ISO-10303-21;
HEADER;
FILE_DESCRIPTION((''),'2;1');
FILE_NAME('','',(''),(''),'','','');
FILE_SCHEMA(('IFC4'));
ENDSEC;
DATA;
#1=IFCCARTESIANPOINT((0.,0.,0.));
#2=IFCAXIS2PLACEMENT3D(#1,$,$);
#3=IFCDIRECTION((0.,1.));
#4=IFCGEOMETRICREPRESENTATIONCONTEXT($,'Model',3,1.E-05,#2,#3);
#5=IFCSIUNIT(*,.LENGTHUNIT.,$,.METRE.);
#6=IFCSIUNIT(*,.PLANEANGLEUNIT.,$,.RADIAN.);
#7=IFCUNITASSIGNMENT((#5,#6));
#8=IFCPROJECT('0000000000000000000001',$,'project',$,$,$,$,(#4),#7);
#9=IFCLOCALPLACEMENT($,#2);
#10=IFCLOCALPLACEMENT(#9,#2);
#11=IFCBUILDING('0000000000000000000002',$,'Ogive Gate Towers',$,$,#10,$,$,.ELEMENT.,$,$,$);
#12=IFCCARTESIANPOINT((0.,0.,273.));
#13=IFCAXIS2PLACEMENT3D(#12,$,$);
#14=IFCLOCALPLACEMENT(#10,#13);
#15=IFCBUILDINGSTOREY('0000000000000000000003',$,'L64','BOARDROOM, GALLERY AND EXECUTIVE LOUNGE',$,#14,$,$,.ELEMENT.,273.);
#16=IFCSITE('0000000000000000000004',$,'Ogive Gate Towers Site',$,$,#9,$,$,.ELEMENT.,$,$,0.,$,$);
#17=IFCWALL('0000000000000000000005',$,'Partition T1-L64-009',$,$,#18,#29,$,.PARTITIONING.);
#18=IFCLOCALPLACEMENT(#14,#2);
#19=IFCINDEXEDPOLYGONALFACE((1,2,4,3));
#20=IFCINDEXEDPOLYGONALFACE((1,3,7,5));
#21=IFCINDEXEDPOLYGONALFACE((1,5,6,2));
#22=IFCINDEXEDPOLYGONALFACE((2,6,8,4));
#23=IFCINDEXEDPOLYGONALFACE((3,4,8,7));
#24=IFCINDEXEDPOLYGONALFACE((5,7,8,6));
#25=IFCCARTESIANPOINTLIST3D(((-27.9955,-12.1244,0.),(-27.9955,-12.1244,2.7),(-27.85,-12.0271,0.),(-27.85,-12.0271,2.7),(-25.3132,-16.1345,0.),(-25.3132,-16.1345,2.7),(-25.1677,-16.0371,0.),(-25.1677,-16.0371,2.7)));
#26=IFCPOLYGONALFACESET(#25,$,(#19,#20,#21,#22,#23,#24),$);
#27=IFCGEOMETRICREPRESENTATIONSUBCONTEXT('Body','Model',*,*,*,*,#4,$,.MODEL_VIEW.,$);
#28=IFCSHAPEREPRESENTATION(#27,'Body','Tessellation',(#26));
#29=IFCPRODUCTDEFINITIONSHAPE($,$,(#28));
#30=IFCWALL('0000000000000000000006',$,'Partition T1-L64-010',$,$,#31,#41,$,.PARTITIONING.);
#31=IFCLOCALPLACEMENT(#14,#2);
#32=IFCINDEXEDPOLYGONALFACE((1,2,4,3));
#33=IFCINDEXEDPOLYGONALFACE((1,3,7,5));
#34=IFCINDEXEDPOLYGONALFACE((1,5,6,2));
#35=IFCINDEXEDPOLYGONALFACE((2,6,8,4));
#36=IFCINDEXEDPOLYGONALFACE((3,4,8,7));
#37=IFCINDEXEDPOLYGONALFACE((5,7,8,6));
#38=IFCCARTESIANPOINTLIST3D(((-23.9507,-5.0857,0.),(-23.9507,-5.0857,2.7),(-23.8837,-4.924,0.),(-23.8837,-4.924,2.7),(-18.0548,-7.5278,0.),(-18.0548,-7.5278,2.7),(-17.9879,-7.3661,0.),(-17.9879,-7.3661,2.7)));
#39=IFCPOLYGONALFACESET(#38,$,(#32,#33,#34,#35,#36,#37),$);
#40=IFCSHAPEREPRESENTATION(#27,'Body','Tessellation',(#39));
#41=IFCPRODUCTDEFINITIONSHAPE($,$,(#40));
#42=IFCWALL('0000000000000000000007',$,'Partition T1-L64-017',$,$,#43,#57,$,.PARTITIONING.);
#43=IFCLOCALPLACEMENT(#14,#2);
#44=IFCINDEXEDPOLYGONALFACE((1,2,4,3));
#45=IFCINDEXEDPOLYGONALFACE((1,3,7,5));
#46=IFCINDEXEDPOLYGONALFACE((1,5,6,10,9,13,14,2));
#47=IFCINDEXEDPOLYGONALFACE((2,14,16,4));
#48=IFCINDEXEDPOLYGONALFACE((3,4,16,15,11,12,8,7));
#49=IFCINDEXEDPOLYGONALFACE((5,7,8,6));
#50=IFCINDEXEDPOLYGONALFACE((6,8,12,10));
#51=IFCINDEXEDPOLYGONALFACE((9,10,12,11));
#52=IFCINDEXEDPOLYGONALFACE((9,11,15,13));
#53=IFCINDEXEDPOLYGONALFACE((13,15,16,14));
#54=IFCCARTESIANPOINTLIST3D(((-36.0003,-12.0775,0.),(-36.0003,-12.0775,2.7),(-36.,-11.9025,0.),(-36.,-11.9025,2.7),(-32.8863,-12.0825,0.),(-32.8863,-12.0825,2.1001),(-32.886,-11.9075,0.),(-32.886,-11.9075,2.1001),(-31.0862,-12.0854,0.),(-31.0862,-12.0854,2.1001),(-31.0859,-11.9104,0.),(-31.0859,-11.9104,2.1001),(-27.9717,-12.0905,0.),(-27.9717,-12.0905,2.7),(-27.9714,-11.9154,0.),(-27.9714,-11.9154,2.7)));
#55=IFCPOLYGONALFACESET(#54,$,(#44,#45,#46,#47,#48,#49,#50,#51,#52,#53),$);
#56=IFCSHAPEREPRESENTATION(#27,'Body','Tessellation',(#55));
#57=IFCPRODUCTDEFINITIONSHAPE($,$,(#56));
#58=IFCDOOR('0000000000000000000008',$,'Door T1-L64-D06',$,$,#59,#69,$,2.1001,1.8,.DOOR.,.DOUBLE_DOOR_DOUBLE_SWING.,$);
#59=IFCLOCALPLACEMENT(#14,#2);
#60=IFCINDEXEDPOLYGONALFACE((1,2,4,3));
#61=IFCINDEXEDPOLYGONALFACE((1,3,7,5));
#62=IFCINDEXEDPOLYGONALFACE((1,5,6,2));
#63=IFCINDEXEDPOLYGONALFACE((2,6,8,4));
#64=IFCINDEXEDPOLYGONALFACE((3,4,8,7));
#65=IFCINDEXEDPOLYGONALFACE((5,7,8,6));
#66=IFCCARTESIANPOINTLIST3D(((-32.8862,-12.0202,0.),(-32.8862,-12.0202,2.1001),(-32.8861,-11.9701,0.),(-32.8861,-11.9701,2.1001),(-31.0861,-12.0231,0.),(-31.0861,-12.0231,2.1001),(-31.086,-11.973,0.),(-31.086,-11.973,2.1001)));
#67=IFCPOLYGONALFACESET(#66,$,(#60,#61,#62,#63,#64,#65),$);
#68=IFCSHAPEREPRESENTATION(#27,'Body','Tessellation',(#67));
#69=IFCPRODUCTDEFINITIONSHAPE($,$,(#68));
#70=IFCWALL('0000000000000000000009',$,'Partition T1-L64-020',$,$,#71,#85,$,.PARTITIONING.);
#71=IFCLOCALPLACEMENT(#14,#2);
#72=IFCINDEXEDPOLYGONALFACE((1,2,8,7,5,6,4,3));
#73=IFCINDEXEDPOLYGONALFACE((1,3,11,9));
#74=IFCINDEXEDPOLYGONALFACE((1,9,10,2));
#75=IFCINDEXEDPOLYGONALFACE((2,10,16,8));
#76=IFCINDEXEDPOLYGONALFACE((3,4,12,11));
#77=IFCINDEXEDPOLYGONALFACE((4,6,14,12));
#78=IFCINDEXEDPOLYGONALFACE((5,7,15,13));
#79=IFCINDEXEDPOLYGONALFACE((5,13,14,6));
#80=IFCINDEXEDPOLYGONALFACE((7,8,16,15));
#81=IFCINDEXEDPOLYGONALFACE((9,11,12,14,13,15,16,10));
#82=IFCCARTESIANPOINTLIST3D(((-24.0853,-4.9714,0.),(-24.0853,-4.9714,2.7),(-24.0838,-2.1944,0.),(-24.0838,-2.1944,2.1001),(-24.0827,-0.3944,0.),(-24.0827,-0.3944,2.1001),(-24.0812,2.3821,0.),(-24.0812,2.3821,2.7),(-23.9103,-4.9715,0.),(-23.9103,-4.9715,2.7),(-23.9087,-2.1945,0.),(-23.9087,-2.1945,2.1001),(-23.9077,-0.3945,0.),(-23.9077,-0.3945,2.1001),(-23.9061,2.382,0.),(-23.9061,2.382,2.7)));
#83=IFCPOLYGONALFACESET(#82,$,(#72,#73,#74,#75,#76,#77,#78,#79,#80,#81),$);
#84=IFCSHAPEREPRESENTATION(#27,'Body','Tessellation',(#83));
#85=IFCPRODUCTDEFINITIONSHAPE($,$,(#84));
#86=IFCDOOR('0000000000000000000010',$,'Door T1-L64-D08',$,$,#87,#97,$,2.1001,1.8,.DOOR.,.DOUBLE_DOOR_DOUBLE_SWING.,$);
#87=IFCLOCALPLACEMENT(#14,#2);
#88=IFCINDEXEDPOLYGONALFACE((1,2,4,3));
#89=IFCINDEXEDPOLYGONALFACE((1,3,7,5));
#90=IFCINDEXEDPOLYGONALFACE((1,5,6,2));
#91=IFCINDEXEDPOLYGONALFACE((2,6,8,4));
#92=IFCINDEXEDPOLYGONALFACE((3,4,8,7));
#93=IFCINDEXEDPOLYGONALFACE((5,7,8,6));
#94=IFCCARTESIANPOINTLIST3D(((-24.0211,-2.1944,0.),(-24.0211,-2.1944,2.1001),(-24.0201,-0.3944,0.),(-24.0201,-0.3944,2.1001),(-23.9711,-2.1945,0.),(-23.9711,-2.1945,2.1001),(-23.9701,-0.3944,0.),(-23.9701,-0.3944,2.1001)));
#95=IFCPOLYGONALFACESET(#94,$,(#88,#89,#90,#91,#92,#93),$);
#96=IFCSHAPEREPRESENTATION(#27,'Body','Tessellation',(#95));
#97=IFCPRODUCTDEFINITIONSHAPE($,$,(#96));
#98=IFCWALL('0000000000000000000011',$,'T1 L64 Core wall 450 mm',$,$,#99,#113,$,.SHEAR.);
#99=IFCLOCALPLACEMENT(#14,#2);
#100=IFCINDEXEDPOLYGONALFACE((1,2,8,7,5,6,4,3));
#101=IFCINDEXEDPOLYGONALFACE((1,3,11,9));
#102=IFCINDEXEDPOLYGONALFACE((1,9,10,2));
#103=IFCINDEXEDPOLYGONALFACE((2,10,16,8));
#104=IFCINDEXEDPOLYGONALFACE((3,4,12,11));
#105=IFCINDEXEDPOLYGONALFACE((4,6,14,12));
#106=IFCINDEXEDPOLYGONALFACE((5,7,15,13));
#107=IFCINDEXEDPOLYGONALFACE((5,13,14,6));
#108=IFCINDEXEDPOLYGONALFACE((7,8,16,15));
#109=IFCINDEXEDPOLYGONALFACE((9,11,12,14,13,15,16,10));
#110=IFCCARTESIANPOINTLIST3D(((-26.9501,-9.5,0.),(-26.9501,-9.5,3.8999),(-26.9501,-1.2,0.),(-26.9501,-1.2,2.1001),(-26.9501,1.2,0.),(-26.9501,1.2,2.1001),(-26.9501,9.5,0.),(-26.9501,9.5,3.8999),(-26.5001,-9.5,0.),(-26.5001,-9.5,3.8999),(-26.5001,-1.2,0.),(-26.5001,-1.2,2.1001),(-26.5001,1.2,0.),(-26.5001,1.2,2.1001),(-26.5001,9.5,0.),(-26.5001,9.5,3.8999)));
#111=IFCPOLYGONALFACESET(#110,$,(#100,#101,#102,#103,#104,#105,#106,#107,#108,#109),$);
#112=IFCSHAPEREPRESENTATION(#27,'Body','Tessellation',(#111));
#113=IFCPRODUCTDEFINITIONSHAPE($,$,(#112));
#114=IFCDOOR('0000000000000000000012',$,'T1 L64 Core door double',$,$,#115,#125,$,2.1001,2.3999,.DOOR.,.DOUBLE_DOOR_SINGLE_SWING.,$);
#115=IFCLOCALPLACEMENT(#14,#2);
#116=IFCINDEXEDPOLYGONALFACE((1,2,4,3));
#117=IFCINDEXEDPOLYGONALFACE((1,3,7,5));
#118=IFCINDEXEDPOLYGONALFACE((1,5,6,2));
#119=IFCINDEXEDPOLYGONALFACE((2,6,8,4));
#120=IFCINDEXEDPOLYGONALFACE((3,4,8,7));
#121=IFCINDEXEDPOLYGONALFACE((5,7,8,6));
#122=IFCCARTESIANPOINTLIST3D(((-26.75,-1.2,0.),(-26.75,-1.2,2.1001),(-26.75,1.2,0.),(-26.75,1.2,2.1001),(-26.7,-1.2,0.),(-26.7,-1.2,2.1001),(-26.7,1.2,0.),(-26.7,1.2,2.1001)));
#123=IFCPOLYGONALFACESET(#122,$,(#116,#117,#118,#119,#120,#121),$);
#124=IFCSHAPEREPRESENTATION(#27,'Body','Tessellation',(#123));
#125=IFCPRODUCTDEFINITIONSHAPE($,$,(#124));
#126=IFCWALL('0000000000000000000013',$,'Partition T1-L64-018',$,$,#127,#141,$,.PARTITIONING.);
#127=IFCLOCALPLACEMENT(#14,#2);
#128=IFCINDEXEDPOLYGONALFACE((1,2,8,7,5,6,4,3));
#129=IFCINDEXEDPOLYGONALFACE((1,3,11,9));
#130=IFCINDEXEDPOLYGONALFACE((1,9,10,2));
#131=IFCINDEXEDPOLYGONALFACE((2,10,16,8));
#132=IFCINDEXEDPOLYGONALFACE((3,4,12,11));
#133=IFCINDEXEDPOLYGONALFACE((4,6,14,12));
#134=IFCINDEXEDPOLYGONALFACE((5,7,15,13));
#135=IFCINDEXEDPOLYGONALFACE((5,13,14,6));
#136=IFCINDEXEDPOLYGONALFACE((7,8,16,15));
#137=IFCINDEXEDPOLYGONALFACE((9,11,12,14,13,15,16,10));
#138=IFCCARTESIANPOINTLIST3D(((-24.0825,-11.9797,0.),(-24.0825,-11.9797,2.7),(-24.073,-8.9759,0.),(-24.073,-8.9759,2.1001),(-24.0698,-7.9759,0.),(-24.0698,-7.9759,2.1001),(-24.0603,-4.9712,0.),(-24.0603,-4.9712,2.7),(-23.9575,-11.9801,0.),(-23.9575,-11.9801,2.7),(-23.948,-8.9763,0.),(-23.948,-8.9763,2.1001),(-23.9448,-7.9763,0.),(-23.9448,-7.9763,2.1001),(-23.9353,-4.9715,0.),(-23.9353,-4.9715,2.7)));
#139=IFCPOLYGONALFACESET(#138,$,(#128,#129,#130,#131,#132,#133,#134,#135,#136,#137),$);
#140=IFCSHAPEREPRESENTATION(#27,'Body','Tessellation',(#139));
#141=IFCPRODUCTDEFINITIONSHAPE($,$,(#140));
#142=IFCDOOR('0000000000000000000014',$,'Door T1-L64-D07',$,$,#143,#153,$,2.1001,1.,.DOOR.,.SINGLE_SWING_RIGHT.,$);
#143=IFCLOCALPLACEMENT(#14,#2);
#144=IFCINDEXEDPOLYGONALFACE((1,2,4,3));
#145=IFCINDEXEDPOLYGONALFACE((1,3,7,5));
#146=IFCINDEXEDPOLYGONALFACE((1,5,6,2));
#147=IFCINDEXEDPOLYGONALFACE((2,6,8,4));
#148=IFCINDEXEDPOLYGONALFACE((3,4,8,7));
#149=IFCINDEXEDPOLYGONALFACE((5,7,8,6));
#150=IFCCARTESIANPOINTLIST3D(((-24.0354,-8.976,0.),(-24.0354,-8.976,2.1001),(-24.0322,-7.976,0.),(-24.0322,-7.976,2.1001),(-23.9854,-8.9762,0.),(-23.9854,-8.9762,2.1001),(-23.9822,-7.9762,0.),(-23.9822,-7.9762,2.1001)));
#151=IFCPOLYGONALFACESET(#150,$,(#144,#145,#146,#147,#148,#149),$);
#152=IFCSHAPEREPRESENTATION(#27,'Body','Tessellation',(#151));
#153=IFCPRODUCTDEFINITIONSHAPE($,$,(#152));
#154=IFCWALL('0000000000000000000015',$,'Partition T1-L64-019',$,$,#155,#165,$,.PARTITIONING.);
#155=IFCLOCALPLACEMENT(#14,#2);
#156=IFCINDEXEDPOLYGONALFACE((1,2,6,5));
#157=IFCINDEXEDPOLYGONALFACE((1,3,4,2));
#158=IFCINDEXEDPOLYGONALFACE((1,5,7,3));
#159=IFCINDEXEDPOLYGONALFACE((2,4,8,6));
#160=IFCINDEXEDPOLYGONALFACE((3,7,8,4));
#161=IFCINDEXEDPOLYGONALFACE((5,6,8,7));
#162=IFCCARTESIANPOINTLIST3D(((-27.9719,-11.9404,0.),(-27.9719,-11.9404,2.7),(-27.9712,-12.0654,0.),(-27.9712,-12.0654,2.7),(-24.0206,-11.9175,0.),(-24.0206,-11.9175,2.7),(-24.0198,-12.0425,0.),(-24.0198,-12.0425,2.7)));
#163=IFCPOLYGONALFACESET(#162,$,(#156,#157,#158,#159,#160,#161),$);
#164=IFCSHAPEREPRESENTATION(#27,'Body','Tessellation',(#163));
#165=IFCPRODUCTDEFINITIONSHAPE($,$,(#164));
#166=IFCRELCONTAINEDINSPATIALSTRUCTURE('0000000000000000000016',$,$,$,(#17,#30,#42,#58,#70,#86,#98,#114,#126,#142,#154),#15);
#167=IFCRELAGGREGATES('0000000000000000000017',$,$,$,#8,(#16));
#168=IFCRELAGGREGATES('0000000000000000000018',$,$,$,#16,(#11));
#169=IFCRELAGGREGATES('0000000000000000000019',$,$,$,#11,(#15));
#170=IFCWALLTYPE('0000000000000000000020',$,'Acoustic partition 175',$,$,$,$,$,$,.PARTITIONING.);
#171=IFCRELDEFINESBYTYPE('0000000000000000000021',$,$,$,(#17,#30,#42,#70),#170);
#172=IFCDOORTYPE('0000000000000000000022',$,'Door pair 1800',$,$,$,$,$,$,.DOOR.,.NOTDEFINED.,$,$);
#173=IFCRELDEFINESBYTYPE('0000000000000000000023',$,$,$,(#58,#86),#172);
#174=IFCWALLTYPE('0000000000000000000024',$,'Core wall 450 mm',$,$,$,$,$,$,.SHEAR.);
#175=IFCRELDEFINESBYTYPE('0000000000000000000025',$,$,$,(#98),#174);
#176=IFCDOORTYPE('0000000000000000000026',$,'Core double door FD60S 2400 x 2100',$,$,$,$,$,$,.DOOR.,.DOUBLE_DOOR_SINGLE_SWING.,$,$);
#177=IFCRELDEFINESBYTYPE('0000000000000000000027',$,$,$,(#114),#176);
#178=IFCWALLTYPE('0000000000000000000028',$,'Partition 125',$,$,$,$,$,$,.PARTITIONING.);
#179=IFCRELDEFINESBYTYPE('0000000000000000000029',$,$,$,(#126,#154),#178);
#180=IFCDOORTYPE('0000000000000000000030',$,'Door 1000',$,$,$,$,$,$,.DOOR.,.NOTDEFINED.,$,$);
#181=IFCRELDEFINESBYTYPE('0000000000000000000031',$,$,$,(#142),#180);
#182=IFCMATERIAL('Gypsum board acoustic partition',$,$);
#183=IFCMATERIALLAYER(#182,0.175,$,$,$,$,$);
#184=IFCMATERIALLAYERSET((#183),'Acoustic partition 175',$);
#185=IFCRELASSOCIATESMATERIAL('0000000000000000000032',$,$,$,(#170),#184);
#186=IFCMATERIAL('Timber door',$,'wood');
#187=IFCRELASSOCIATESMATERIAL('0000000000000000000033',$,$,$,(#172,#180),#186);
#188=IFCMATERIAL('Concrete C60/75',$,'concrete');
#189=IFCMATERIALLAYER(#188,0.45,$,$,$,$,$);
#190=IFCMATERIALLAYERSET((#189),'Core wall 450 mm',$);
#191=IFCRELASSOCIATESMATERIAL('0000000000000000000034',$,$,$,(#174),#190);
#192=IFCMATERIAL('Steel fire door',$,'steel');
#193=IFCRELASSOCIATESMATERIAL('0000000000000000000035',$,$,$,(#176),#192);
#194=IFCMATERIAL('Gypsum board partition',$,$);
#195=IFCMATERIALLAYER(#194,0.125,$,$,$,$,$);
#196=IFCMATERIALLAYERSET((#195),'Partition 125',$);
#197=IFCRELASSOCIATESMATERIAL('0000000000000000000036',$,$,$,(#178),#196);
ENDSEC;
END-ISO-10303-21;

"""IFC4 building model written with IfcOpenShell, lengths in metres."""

from ifc_helpers import new_model, si_unit, direction, frame, frame_2d, origin, place, context, subcontext, project, spatial, rectangle, extrude, material, layer, layer_set, type_object, element, fill, save


model = new_model("IFC4")

# Units and contexts
model_context = context("Model", 3, precision=1e-05, world=origin(), true_north=direction((0.0, 1.0)))
body_context = subcontext(model_context, "Body", "Model", "MODEL_VIEW")
ifc_project = project(units=[si_unit("LENGTHUNIT", "METRE"), si_unit("PLANEANGLEUNIT", "RADIAN")], contexts=[model_context])

# Site, building, storey
site_placement = place(None, origin())
site = spatial("IfcSite", under=ifc_project, at=site_placement, Name="Ogive Gate Towers Site", CompositionType="ELEMENT", RefElevation=0.0)
building_placement = place(site_placement, origin())
building = spatial("IfcBuilding", under=site, at=building_placement, Name="Ogive Gate Towers", CompositionType="ELEMENT")
storey_placement = place(building_placement, frame((0.0, 0.0, 273.0)))
storey = spatial("IfcBuildingStorey", under=building, at=storey_placement, Name="L64", Description="BOARDROOM, GALLERY AND EXECUTIVE LOUNGE", CompositionType="ELEMENT", Elevation=273.0)

# Walls
ifc_material_1 = material(Name="Gypsum board acoustic partition")
ifc_layer_1 = layer(ifc_material_1, 0.175)
ifc_layer_set_1 = layer_set([ifc_layer_1], Name="Acoustic partition 175")
wall_type_1 = type_object("IfcWallType", Name="Acoustic partition 175", PredefinedType="PARTITIONING", material=ifc_layer_set_1)
wall_1_placement = place(storey_placement, frame((-25.2405, -16.0857, 0.0), z_axis=(0.0, 0.0, 1.0), x_axis=(-0.555996, 0.831185, 0.0)))
element("IfcWall", 1, at=wall_1_placement, inside=storey, type_object=wall_type_1, Name="Partition T1-L64-009", PredefinedType="PARTITIONING", context=body_context, shape_type="SweptSolid", body=[
    extrude(rectangle(XDim=4.8245, YDim=0.175, at=frame_2d((2.4121, 0.0))), origin(), (0.0, 0.0, 1.0), 2.7),
])
wall_2_placement = place(storey_placement, frame((-18.0212, -7.447, 0.0), z_axis=(0.0, 0.0, 1.0), x_axis=(-0.923877, 0.382689, 0.0)))
element("IfcWall", 2, at=wall_2_placement, inside=storey, type_object=wall_type_1, Name="Partition T1-L64-010", PredefinedType="PARTITIONING", context=body_context, shape_type="SweptSolid", body=[
    extrude(rectangle(XDim=6.3816, YDim=0.175, at=frame_2d((3.1909, 0.0))), origin(), (0.0, 0.0, 1.0), 2.7),
])

# Walls, openings, doors
wall_3_placement = place(storey_placement, frame((-36.0, -11.99, 0.0), z_axis=(0.0, 0.0, 1.0), x_axis=(0.999999, -0.001612, 0.0)))
wall_3 = element("IfcWall", 3, at=wall_3_placement, inside=storey, type_object=wall_type_1, Name="Partition T1-L64-017", PredefinedType="PARTITIONING", context=body_context, shape_type="SweptSolid", body=[
    extrude(rectangle(XDim=8.0286, YDim=0.175, at=frame_2d((4.0142, 0.0))), origin(), (0.0, 0.0, 1.0), 2.7),
])
opening_1_placement = place(wall_3_placement, frame((3.114, 0.0, 0.0)))
opening_1 = element("IfcOpeningElement", 4, at=opening_1_placement, cuts=wall_3, PredefinedType="OPENING", context=body_context, shape_type="SweptSolid", body=[
    extrude(rectangle(XDim=1.8, YDim=2.1001, at=frame_2d((0.8999, 1.05))), frame((0.0, 0.0977, 0.0), z_axis=(0.0, -1.0, 0.0), x_axis=(1.0, 0.0, 0.0)), (0.0, 0.0, 1.0), 0.1951),
])
ifc_material_2 = material(Name="Timber door", Category="wood")
door_type_1 = type_object("IfcDoorType", Name="Door pair 1800", OperationType="NOTDEFINED", PredefinedType="DOOR", material=ifc_material_2)
door_1_placement = place(opening_1_placement, origin())
door_1 = element("IfcDoor", 5, at=door_1_placement, inside=storey, type_object=door_type_1, Name="Door T1-L64-D06", OperationType="DOUBLE_DOOR_DOUBLE_SWING", OverallHeight=2.1001, OverallWidth=1.8, PredefinedType="DOOR", context=body_context, shape_type="SweptSolid", body=[
    extrude(rectangle(XDim=1.8, YDim=2.1001, at=frame_2d((0.8999, 1.05))), frame((0.0, 0.0249, 0.0), z_axis=(0.0, -1.0, 0.0), x_axis=(1.0, 0.0, 0.0)), (0.0, 0.0, 1.0), 0.05),
])
fill(opening_1, door_1)
wall_4_placement = place(storey_placement, frame((-23.9978, -4.9714, 0.0), z_axis=(0.0, 0.0, 1.0), x_axis=(0.000564, 1.0, 0.0)))
wall_4 = element("IfcWall", 6, at=wall_4_placement, inside=storey, type_object=wall_type_1, Name="Partition T1-L64-020", PredefinedType="PARTITIONING", context=body_context, shape_type="SweptSolid", body=[
    extrude(rectangle(XDim=7.3535, YDim=0.175, at=frame_2d((3.6768, 0.0))), origin(), (0.0, 0.0, 1.0), 2.7),
])
opening_2_placement = place(wall_4_placement, frame((2.7771, 0.0, 0.0)))
opening_2 = element("IfcOpeningElement", 7, at=opening_2_placement, cuts=wall_4, PredefinedType="OPENING", context=body_context, shape_type="SweptSolid", body=[
    extrude(rectangle(XDim=1.8, YDim=2.1001, at=frame_2d((0.8999, 1.05))), frame((0.0, 0.0977, 0.0), z_axis=(0.0, -1.0, 0.0), x_axis=(1.0, 0.0, 0.0)), (0.0, 0.0, 1.0), 0.1951),
])
door_2_placement = place(opening_2_placement, origin())
door_2 = element("IfcDoor", 8, at=door_2_placement, inside=storey, type_object=door_type_1, Name="Door T1-L64-D08", OperationType="DOUBLE_DOOR_DOUBLE_SWING", OverallHeight=2.1001, OverallWidth=1.8, PredefinedType="DOOR", context=body_context, shape_type="SweptSolid", body=[
    extrude(rectangle(XDim=1.8, YDim=2.1001, at=frame_2d((0.8999, 1.05))), frame((0.0, 0.0249, 0.0), z_axis=(0.0, -1.0, 0.0), x_axis=(1.0, 0.0, 0.0)), (0.0, 0.0, 1.0), 0.05),
])
fill(opening_2, door_2)
ifc_material_3 = material(Name="Concrete C60/75", Category="concrete")
ifc_layer_2 = layer(ifc_material_3, 0.45)
ifc_layer_set_2 = layer_set([ifc_layer_2], Name="Core wall 450 mm")
wall_type_2 = type_object("IfcWallType", Name="Core wall 450 mm", PredefinedType="SHEAR", material=ifc_layer_set_2)
wall_5_placement = place(storey_placement, frame((-26.7251, -9.5, 0.0), z_axis=(0.0, 0.0, 1.0), x_axis=(0.0, 1.0, 0.0)))
wall_5 = element("IfcWall", 9, at=wall_5_placement, inside=storey, type_object=wall_type_2, Name="T1 L64 Core wall 450 mm", PredefinedType="SHEAR", context=body_context, shape_type="SweptSolid", body=[
    extrude(rectangle(XDim=19.0, YDim=0.45, at=frame_2d((9.5, 0.0))), origin(), (0.0, 0.0, 1.0), 3.8999),
])
opening_3_placement = place(wall_5_placement, frame((8.3, 0.0, 0.0)))
opening_3 = element("IfcOpeningElement", 10, at=opening_3_placement, cuts=wall_5, PredefinedType="OPENING", context=body_context, shape_type="SweptSolid", body=[
    extrude(rectangle(XDim=2.3999, YDim=2.1001, at=frame_2d((1.2, 1.05))), frame((0.0, 0.2349, 0.0), z_axis=(0.0, -1.0, 0.0), x_axis=(1.0, 0.0, 0.0)), (0.0, 0.0, 1.0), 0.47),
])
ifc_material_4 = material(Name="Steel fire door", Category="steel")
door_type_2 = type_object("IfcDoorType", Name="Core double door FD60S 2400 x 2100", OperationType="DOUBLE_DOOR_SINGLE_SWING", PredefinedType="DOOR", material=ifc_material_4)
door_3_placement = place(opening_3_placement, origin())
door_3 = element("IfcDoor", 11, at=door_3_placement, inside=storey, type_object=door_type_2, Name="T1 L64 Core door double", OperationType="DOUBLE_DOOR_SINGLE_SWING", OverallHeight=2.1001, OverallWidth=2.3999, PredefinedType="DOOR", context=body_context, shape_type="SweptSolid", body=[
    extrude(rectangle(XDim=2.3999, YDim=2.1001, at=frame_2d((1.2, 1.05))), frame((0.0, 0.0249, 0.0), z_axis=(0.0, -1.0, 0.0), x_axis=(1.0, 0.0, 0.0)), (0.0, 0.0, 1.0), 0.05),
])
fill(opening_3, door_3)
ifc_material_5 = material(Name="Gypsum board partition")
ifc_layer_3 = layer(ifc_material_5, 0.125)
ifc_layer_set_3 = layer_set([ifc_layer_3], Name="Partition 125")
wall_type_3 = type_object("IfcWallType", Name="Partition 125", PredefinedType="PARTITIONING", material=ifc_layer_set_3)
wall_6_placement = place(storey_placement, frame((-24.02, -11.98, 0.0), z_axis=(0.0, 0.0, 1.0), x_axis=(0.00317, 0.999995, 0.0)))
wall_6 = element("IfcWall", 12, at=wall_6_placement, inside=storey, type_object=wall_type_3, Name="Partition T1-L64-018", PredefinedType="PARTITIONING", context=body_context, shape_type="SweptSolid", body=[
    extrude(rectangle(XDim=7.0085, YDim=0.125, at=frame_2d((3.5044, 0.0))), origin(), (0.0, 0.0, 1.0), 2.7),
])
opening_4_placement = place(wall_6_placement, frame((3.0039, 0.0, 0.0)))
opening_4 = element("IfcOpeningElement", 13, at=opening_4_placement, cuts=wall_6, PredefinedType="OPENING", context=body_context, shape_type="SweptSolid", body=[
    extrude(rectangle(XDim=1.0, YDim=2.1001, at=frame_2d((0.5, 1.05))), frame((0.0, 0.0725, 0.0), z_axis=(0.0, -1.0, 0.0), x_axis=(1.0, 0.0, 0.0)), (0.0, 0.0, 1.0), 0.145),
])
door_type_3 = type_object("IfcDoorType", Name="Door 1000", OperationType="NOTDEFINED", PredefinedType="DOOR", material=ifc_material_2)
door_4_placement = place(opening_4_placement, origin())
door_4 = element("IfcDoor", 14, at=door_4_placement, inside=storey, type_object=door_type_3, Name="Door T1-L64-D07", OperationType="SINGLE_SWING_RIGHT", OverallHeight=2.1001, OverallWidth=1.0, PredefinedType="DOOR", context=body_context, shape_type="SweptSolid", body=[
    extrude(rectangle(XDim=1.0, YDim=2.1001, at=frame_2d((0.5, 1.05))), frame((0.0, 0.0249, 0.0), z_axis=(0.0, -1.0, 0.0), x_axis=(1.0, 0.0, 0.0)), (0.0, 0.0, 1.0), 0.05),
])
fill(opening_4, door_4)

# Wall
wall_7_placement = place(storey_placement, frame((-27.9714, -12.0029, 0.0), z_axis=(0.0, 0.0, 1.0), x_axis=(0.999983, 0.005808, 0.0)))
element("IfcWall", 15, at=wall_7_placement, inside=storey, type_object=wall_type_3, Name="Partition T1-L64-019", PredefinedType="PARTITIONING", context=body_context, shape_type="SweptSolid", body=[
    extrude(rectangle(XDim=3.9514, YDim=0.125, at=frame_2d((1.9756, 0.0))), origin(), (0.0, 0.0, 1.0), 2.7),
])

save(model, "model.ifc")
